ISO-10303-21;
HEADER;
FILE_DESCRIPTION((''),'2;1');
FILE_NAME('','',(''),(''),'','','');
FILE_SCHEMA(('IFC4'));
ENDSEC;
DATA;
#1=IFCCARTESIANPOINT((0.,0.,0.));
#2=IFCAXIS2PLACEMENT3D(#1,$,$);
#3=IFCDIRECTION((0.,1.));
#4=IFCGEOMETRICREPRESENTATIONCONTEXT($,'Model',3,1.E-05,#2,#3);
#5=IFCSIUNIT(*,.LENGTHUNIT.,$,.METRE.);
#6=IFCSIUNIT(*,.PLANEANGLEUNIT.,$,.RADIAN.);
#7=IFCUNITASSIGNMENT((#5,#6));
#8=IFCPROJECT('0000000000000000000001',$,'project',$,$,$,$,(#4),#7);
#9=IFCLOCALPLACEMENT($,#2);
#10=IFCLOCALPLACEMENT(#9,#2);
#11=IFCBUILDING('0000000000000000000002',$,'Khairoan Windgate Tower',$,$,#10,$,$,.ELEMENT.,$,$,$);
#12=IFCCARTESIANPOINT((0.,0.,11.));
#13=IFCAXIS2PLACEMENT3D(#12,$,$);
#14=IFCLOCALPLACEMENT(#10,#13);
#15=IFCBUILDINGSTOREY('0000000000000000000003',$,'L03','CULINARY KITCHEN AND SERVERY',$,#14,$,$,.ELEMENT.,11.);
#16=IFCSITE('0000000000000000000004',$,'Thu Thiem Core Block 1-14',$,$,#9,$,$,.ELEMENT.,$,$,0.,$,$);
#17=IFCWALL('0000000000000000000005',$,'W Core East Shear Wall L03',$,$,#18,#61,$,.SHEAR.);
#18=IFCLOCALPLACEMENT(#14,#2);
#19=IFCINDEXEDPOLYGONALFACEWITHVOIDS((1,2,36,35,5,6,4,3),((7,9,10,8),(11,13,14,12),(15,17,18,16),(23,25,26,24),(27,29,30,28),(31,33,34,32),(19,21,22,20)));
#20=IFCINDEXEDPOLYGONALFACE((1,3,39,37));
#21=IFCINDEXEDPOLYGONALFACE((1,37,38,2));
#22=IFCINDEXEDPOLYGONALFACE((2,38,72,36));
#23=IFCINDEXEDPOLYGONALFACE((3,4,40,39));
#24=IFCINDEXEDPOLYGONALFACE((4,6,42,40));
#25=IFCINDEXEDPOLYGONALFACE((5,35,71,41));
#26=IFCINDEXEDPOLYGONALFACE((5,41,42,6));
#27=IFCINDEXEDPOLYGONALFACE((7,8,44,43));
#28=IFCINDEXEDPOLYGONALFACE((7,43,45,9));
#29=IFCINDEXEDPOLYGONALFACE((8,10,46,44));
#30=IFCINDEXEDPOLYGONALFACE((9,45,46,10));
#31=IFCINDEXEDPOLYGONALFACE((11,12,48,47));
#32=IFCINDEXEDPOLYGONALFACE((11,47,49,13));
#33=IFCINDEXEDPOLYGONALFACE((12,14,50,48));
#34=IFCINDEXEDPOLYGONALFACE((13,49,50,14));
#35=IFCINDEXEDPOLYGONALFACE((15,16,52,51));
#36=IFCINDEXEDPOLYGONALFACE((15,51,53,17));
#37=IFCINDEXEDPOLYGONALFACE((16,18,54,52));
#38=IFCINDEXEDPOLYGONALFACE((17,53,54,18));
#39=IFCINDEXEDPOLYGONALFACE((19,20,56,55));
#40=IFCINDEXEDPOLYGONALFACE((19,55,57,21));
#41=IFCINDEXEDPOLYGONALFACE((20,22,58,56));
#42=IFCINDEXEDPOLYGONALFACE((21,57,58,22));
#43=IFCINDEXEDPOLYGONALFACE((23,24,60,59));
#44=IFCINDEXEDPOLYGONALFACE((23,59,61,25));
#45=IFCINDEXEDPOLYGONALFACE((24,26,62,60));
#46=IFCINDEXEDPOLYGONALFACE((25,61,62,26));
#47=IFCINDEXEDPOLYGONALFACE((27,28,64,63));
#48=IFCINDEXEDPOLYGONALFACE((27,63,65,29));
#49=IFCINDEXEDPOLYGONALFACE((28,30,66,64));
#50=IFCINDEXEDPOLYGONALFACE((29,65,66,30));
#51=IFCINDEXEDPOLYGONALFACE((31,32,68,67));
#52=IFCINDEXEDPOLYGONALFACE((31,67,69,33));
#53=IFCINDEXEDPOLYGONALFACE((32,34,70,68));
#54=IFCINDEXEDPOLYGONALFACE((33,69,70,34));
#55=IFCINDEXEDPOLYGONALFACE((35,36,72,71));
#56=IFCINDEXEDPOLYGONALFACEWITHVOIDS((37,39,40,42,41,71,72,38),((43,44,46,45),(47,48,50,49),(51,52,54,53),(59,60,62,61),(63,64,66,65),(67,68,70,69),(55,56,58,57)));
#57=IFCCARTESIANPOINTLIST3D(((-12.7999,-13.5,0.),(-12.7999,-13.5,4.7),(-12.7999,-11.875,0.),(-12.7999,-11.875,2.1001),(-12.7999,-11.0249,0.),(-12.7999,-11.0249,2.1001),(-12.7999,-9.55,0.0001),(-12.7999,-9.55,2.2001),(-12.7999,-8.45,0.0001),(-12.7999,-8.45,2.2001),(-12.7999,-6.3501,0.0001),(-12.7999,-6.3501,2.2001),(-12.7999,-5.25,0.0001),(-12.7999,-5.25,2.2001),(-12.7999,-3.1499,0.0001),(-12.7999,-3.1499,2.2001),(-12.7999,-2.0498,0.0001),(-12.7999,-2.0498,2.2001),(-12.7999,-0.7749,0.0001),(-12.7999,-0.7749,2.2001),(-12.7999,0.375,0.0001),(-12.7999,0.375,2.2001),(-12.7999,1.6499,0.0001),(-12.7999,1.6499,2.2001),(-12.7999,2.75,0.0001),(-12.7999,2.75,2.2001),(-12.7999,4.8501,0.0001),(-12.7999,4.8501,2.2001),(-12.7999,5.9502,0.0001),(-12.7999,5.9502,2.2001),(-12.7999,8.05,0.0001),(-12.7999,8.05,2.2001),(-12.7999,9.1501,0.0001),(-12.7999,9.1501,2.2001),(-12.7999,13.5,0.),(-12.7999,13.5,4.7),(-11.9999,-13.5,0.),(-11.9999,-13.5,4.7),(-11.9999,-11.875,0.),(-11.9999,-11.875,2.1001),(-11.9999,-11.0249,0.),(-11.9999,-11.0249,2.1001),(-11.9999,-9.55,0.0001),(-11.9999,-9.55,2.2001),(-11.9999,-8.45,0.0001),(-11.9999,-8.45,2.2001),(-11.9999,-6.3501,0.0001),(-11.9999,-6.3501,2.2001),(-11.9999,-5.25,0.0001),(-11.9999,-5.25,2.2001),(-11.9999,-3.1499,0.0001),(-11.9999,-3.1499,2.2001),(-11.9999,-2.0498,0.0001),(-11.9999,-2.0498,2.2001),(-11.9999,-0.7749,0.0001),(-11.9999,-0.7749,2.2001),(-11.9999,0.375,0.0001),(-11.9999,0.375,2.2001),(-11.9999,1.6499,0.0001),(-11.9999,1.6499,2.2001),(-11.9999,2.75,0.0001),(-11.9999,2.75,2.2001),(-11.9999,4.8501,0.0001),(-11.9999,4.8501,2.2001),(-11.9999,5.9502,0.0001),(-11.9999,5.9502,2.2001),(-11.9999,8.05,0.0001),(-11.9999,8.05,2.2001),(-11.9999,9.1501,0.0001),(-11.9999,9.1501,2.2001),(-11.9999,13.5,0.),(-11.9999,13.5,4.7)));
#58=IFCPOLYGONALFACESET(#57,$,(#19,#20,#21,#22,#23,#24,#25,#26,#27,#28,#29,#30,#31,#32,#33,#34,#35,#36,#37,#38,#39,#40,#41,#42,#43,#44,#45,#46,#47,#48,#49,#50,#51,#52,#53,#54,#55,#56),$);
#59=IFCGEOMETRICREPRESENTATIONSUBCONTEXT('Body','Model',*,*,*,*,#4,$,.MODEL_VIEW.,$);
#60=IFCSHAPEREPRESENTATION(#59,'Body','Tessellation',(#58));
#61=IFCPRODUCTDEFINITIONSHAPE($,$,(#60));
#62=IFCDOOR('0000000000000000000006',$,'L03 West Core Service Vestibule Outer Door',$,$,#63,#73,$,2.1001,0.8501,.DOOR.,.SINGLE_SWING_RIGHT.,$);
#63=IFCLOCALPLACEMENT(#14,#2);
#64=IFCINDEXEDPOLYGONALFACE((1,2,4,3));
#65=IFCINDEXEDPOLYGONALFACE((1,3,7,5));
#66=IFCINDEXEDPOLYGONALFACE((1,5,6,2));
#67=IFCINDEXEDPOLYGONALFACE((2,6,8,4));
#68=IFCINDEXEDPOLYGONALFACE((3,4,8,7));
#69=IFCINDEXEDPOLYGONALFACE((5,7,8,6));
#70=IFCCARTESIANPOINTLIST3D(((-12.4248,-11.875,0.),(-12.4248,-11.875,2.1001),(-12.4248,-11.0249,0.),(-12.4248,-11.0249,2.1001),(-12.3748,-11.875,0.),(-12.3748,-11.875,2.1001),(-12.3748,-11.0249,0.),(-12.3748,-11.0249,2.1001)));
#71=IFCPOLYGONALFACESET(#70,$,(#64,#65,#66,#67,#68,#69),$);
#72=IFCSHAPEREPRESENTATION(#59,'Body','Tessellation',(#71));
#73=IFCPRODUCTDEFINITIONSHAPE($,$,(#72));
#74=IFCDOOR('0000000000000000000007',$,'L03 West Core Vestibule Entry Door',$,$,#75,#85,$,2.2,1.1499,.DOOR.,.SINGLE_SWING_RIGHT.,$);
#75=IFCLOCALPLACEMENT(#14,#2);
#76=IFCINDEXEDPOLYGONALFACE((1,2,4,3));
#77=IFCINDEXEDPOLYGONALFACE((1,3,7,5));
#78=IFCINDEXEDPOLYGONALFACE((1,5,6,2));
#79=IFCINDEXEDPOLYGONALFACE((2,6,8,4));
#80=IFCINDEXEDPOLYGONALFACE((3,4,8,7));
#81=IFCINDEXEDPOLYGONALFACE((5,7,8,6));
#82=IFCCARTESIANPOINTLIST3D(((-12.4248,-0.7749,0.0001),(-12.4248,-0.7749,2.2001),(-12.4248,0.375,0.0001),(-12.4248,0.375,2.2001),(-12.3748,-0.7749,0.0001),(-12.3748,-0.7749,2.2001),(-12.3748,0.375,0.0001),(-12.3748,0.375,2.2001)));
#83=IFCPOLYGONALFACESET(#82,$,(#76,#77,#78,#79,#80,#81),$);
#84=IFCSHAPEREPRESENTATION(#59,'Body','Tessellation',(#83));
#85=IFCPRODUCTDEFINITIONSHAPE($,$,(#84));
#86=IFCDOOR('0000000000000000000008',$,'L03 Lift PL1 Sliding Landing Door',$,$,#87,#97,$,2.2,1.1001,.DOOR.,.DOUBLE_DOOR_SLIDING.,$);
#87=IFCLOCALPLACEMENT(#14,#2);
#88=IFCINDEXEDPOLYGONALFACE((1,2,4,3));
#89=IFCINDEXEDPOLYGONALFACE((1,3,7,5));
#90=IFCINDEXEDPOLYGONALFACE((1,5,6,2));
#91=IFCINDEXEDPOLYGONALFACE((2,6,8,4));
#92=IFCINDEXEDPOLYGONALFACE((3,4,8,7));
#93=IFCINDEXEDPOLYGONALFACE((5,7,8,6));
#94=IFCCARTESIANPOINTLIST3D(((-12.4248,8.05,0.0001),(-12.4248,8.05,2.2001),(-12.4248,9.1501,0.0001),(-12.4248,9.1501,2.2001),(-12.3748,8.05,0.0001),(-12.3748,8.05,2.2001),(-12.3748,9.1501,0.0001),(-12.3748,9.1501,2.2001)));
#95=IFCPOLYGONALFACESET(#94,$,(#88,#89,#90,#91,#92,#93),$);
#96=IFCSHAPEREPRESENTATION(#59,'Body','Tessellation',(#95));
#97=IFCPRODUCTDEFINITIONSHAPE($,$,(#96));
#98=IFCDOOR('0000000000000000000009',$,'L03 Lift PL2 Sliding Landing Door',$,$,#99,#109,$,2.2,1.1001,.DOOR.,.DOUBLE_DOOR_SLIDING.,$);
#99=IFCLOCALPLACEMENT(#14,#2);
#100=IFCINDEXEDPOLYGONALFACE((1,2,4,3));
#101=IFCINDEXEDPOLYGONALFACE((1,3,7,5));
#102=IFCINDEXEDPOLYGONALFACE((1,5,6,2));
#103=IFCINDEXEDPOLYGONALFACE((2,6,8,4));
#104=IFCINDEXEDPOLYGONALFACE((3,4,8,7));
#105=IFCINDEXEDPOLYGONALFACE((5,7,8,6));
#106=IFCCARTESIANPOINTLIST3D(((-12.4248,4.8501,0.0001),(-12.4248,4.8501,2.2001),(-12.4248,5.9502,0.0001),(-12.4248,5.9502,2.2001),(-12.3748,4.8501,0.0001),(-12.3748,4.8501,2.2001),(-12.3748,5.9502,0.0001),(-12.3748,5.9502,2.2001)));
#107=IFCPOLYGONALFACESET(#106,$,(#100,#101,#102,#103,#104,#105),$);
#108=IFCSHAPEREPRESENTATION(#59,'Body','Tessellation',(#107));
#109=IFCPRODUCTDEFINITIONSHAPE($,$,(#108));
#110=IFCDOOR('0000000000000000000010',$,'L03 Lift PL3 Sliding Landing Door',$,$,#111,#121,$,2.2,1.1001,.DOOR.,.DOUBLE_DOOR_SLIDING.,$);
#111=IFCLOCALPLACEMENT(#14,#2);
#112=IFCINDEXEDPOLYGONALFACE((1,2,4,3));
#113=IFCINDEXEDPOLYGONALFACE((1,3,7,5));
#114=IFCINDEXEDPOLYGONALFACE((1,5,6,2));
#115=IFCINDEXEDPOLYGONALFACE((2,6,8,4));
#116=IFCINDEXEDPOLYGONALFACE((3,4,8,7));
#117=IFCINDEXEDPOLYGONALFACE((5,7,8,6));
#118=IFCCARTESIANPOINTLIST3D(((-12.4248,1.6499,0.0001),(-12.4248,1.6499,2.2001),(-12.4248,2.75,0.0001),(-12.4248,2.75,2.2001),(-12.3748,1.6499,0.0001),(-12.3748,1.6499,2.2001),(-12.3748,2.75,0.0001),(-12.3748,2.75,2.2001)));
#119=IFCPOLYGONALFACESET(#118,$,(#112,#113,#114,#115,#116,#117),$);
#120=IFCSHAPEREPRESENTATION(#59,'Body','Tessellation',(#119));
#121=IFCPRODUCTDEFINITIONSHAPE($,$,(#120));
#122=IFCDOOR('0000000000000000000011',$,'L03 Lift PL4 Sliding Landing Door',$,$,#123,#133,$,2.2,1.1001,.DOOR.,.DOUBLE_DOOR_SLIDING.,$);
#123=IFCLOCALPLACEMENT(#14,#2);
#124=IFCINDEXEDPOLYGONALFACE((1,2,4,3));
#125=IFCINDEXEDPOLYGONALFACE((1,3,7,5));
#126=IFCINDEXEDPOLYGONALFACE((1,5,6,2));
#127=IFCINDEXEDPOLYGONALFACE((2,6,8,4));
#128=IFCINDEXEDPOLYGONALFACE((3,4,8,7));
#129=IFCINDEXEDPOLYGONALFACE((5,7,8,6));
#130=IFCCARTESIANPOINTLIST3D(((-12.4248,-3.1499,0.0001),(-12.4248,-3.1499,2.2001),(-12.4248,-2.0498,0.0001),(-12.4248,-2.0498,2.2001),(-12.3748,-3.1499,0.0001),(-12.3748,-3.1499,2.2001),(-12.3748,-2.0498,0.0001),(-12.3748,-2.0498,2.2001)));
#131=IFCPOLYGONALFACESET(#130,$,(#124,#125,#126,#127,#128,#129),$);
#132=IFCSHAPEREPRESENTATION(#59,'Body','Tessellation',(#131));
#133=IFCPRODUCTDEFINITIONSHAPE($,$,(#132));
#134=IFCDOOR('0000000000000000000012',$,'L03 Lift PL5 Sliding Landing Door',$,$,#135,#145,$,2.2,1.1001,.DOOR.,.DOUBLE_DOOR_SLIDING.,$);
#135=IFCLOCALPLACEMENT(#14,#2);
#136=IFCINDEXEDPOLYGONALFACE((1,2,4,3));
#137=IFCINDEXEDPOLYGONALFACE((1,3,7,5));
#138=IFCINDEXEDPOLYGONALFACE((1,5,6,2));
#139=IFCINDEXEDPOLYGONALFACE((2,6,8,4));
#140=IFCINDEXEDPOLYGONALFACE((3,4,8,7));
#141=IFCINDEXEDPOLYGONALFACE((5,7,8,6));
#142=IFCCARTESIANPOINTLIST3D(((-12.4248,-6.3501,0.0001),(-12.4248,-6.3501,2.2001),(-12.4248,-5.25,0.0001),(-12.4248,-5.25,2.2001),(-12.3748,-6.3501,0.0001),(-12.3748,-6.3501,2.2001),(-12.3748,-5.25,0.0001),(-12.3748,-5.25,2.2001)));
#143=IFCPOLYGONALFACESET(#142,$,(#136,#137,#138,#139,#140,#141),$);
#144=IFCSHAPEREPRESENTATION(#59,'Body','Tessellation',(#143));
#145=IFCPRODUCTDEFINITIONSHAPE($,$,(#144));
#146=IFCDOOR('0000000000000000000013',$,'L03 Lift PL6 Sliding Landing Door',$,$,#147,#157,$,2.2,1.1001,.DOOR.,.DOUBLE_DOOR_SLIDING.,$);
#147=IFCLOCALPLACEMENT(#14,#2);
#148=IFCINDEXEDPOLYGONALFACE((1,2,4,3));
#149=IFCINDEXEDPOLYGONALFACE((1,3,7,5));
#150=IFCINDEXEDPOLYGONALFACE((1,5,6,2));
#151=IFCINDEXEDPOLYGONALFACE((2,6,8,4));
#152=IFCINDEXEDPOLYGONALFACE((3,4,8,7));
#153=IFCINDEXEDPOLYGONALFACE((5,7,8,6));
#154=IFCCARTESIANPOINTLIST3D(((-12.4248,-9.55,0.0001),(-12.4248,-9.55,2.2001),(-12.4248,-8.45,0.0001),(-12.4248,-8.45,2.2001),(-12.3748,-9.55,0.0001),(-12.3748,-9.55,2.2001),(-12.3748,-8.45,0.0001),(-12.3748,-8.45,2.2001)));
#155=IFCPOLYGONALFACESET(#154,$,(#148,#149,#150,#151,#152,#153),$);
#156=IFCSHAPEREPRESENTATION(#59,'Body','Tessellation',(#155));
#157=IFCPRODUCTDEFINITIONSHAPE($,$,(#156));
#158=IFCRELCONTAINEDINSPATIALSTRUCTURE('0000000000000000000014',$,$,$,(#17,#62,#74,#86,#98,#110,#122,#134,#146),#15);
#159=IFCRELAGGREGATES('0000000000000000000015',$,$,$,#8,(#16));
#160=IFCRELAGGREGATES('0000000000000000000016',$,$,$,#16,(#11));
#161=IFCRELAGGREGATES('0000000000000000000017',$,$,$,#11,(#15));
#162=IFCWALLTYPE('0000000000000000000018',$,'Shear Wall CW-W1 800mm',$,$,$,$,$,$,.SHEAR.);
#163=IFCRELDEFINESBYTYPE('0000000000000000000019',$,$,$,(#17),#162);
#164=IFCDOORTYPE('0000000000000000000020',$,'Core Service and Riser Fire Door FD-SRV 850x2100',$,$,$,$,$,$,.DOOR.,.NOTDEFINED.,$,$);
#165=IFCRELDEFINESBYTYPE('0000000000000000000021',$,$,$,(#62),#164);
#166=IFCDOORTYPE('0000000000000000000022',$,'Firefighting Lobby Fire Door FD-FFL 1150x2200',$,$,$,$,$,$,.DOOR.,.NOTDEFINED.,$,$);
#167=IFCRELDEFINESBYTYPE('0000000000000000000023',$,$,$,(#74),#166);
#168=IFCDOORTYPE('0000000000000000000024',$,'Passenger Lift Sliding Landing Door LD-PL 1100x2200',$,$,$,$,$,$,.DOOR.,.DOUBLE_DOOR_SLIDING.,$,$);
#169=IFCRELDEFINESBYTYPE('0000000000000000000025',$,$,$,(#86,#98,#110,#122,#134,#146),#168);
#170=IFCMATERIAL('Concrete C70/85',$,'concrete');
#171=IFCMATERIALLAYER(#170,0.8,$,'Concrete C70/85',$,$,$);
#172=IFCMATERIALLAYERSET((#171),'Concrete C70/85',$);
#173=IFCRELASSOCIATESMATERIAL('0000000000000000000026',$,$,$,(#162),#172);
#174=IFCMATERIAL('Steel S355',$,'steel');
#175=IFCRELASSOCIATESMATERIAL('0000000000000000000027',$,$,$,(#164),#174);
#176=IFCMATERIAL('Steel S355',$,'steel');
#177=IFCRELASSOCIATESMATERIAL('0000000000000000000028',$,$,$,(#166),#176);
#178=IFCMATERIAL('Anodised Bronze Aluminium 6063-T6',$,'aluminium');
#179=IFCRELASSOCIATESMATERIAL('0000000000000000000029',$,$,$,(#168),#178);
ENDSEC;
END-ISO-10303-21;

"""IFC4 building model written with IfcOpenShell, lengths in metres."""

from ifc_helpers import new_model, si_unit, direction, frame, frame_2d, origin, place, context, subcontext, project, spatial, rectangle, extrude, material, layer, layer_set, type_object, element, fill, save


model = new_model("IFC4")

# Units and contexts
model_context = context("Model", 3, precision=1e-05, world=origin(), true_north=direction((0.0, 1.0)))
body_context = subcontext(model_context, "Body", "Model", "MODEL_VIEW")
ifc_project = project(units=[si_unit("LENGTHUNIT", "METRE"), si_unit("PLANEANGLEUNIT", "RADIAN")], contexts=[model_context])

# Site, building, storey
site_placement = place(None, origin())
site = spatial("IfcSite", under=ifc_project, at=site_placement, Name="Thu Thiem Core Block 1-14", CompositionType="ELEMENT", RefElevation=0.0)
building_placement = place(site_placement, origin())
building = spatial("IfcBuilding", under=site, at=building_placement, Name="Khairoan Windgate Tower", CompositionType="ELEMENT")
storey_placement = place(building_placement, frame((0.0, 0.0, 11.0)))
storey = spatial("IfcBuildingStorey", under=building, at=storey_placement, Name="L03", Description="CULINARY KITCHEN AND SERVERY", CompositionType="ELEMENT", Elevation=11.0)

# Wall, openings, doors
ifc_material_1 = material(Name="Concrete C70/85", Category="concrete")
ifc_layer_1 = layer(ifc_material_1, 0.8, Name="Concrete C70/85")
ifc_layer_set_1 = layer_set([ifc_layer_1], Name="Concrete C70/85")
wall_type_1 = type_object("IfcWallType", Name="Shear Wall CW-W1 800mm", PredefinedType="SHEAR", material=ifc_layer_set_1)
wall_1_placement = place(storey_placement, frame((-12.3999, -13.5, 0.0), z_axis=(0.0, 0.0, 1.0), x_axis=(0.0, 1.0, 0.0)))
wall_1 = element("IfcWall", 1, at=wall_1_placement, inside=storey, type_object=wall_type_1, Name="W Core East Shear Wall L03", PredefinedType="SHEAR", context=body_context, shape_type="SweptSolid", body=[
    extrude(rectangle(XDim=27.0, YDim=0.8, at=frame_2d((13.5, 0.0))), origin(), (0.0, 0.0, 1.0), 4.7),
])
opening_1_placement = place(wall_1_placement, frame((21.55, 0.0, 0.0)))
opening_1 = element("IfcOpeningElement", 2, at=opening_1_placement, cuts=wall_1, PredefinedType="OPENING", context=body_context, shape_type="SweptSolid", body=[
    extrude(rectangle(XDim=1.1001, YDim=2.2, at=frame_2d((0.55, 1.1001))), frame((0.0, 0.4099, 0.0), z_axis=(0.0, -1.0, 0.0), x_axis=(1.0, 0.0, 0.0)), (0.0, 0.0, 1.0), 0.8201),
])
opening_2_placement = place(wall_1_placement, frame((18.3501, 0.0, 0.0)))
opening_2 = element("IfcOpeningElement", 3, at=opening_2_placement, cuts=wall_1, PredefinedType="OPENING", context=body_context, shape_type="SweptSolid", body=[
    extrude(rectangle(XDim=1.1001, YDim=2.2, at=frame_2d((0.55, 1.1001))), frame((0.0, 0.4099, 0.0), z_axis=(0.0, -1.0, 0.0), x_axis=(1.0, 0.0, 0.0)), (0.0, 0.0, 1.0), 0.8201),
])
opening_3_placement = place(wall_1_placement, frame((15.1499, 0.0, 0.0)))
opening_3 = element("IfcOpeningElement", 4, at=opening_3_placement, cuts=wall_1, PredefinedType="OPENING", context=body_context, shape_type="SweptSolid", body=[
    extrude(rectangle(XDim=1.1001, YDim=2.2, at=frame_2d((0.55, 1.1001))), frame((0.0, 0.4099, 0.0), z_axis=(0.0, -1.0, 0.0), x_axis=(1.0, 0.0, 0.0)), (0.0, 0.0, 1.0), 0.8201),
])
opening_4_placement = place(wall_1_placement, frame((10.3501, 0.0, 0.0)))
opening_4 = element("IfcOpeningElement", 5, at=opening_4_placement, cuts=wall_1, PredefinedType="OPENING", context=body_context, shape_type="SweptSolid", body=[
    extrude(rectangle(XDim=1.1001, YDim=2.2, at=frame_2d((0.55, 1.1001))), frame((0.0, 0.4099, 0.0), z_axis=(0.0, -1.0, 0.0), x_axis=(1.0, 0.0, 0.0)), (0.0, 0.0, 1.0), 0.8201),
])
opening_5_placement = place(wall_1_placement, frame((7.1499, 0.0, 0.0)))
opening_5 = element("IfcOpeningElement", 6, at=opening_5_placement, cuts=wall_1, PredefinedType="OPENING", context=body_context, shape_type="SweptSolid", body=[
    extrude(rectangle(XDim=1.1001, YDim=2.2, at=frame_2d((0.55, 1.1001))), frame((0.0, 0.4099, 0.0), z_axis=(0.0, -1.0, 0.0), x_axis=(1.0, 0.0, 0.0)), (0.0, 0.0, 1.0), 0.8201),
])
opening_6_placement = place(wall_1_placement, frame((3.95, 0.0, 0.0)))
opening_6 = element("IfcOpeningElement", 7, at=opening_6_placement, cuts=wall_1, PredefinedType="OPENING", context=body_context, shape_type="SweptSolid", body=[
    extrude(rectangle(XDim=1.1001, YDim=2.2, at=frame_2d((0.55, 1.1001))), frame((0.0, 0.4099, 0.0), z_axis=(0.0, -1.0, 0.0), x_axis=(1.0, 0.0, 0.0)), (0.0, 0.0, 1.0), 0.8201),
])
opening_7_placement = place(wall_1_placement, frame((12.7251, 0.0, 0.0)))
opening_7 = element("IfcOpeningElement", 8, at=opening_7_placement, cuts=wall_1, PredefinedType="OPENING", context=body_context, shape_type="SweptSolid", body=[
    extrude(rectangle(XDim=1.1499, YDim=2.2, at=frame_2d((0.575, 1.1001))), frame((0.0, 0.4099, 0.0), z_axis=(0.0, -1.0, 0.0), x_axis=(1.0, 0.0, 0.0)), (0.0, 0.0, 1.0), 0.8201),
])
opening_8_placement = place(wall_1_placement, frame((1.625, 0.0, 0.0)))
opening_8 = element("IfcOpeningElement", 9, at=opening_8_placement, cuts=wall_1, PredefinedType="OPENING", context=body_context, shape_type="SweptSolid", body=[
    extrude(rectangle(XDim=0.8501, YDim=2.1001, at=frame_2d((0.425, 1.05))), frame((0.0, 0.4099, 0.0), z_axis=(0.0, -1.0, 0.0), x_axis=(1.0, 0.0, 0.0)), (0.0, 0.0, 1.0), 0.8201),
])
ifc_material_2 = material(Name="Steel S355", Category="steel")
door_type_1 = type_object("IfcDoorType", Name="Core Service and Riser Fire Door FD-SRV 850x2100", OperationType="NOTDEFINED", PredefinedType="DOOR", material=ifc_material_2)
door_1_placement = place(opening_8_placement, origin())
door_1 = element("IfcDoor", 10, at=door_1_placement, inside=storey, type_object=door_type_1, Name="L03 West Core Service Vestibule Outer Door", OperationType="SINGLE_SWING_RIGHT", OverallHeight=2.1001, OverallWidth=0.8501, PredefinedType="DOOR", context=body_context, shape_type="SweptSolid", body=[
    extrude(rectangle(XDim=0.8501, YDim=2.1001, at=frame_2d((0.425, 1.05))), frame((0.0, 0.0249, 0.0), z_axis=(0.0, -1.0, 0.0), x_axis=(1.0, 0.0, 0.0)), (0.0, 0.0, 1.0), 0.05),
])
fill(opening_8, door_1)
ifc_material_3 = material(Name="Steel S355", Category="steel")
door_type_2 = type_object("IfcDoorType", Name="Firefighting Lobby Fire Door FD-FFL 1150x2200", OperationType="NOTDEFINED", PredefinedType="DOOR", material=ifc_material_3)
door_2_placement = place(opening_7_placement, origin())
door_2 = element("IfcDoor", 11, at=door_2_placement, inside=storey, type_object=door_type_2, Name="L03 West Core Vestibule Entry Door", OperationType="SINGLE_SWING_RIGHT", OverallHeight=2.2, OverallWidth=1.1499, PredefinedType="DOOR", context=body_context, shape_type="SweptSolid", body=[
    extrude(rectangle(XDim=1.1499, YDim=2.2, at=frame_2d((0.575, 1.1001))), frame((0.0, 0.0249, 0.0), z_axis=(0.0, -1.0, 0.0), x_axis=(1.0, 0.0, 0.0)), (0.0, 0.0, 1.0), 0.05),
])
fill(opening_7, door_2)
ifc_material_4 = material(Name="Anodised Bronze Aluminium 6063-T6", Category="aluminium")
door_type_3 = type_object("IfcDoorType", Name="Passenger Lift Sliding Landing Door LD-PL 1100x2200", OperationType="DOUBLE_DOOR_SLIDING", PredefinedType="DOOR", material=ifc_material_4)
door_3_placement = place(opening_1_placement, origin())
door_3 = element("IfcDoor", 12, at=door_3_placement, inside=storey, type_object=door_type_3, Name="L03 Lift PL1 Sliding Landing Door", OperationType="DOUBLE_DOOR_SLIDING", OverallHeight=2.2, OverallWidth=1.1001, PredefinedType="DOOR", context=body_context, shape_type="SweptSolid", body=[
    extrude(rectangle(XDim=1.1001, YDim=2.2, at=frame_2d((0.55, 1.1001))), frame((0.0, 0.0249, 0.0), z_axis=(0.0, -1.0, 0.0), x_axis=(1.0, 0.0, 0.0)), (0.0, 0.0, 1.0), 0.05),
])
fill(opening_1, door_3)
door_4_placement = place(opening_2_placement, origin())
door_4 = element("IfcDoor", 13, at=door_4_placement, inside=storey, type_object=door_type_3, Name="L03 Lift PL2 Sliding Landing Door", OperationType="DOUBLE_DOOR_SLIDING", OverallHeight=2.2, OverallWidth=1.1001, PredefinedType="DOOR", context=body_context, shape_type="SweptSolid", body=[
    extrude(rectangle(XDim=1.1001, YDim=2.2, at=frame_2d((0.55, 1.1001))), frame((0.0, 0.0249, 0.0), z_axis=(0.0, -1.0, 0.0), x_axis=(1.0, 0.0, 0.0)), (0.0, 0.0, 1.0), 0.05),
])
fill(opening_2, door_4)
door_5_placement = place(opening_3_placement, origin())
door_5 = element("IfcDoor", 14, at=door_5_placement, inside=storey, type_object=door_type_3, Name="L03 Lift PL3 Sliding Landing Door", OperationType="DOUBLE_DOOR_SLIDING", OverallHeight=2.2, OverallWidth=1.1001, PredefinedType="DOOR", context=body_context, shape_type="SweptSolid", body=[
    extrude(rectangle(XDim=1.1001, YDim=2.2, at=frame_2d((0.55, 1.1001))), frame((0.0, 0.0249, 0.0), z_axis=(0.0, -1.0, 0.0), x_axis=(1.0, 0.0, 0.0)), (0.0, 0.0, 1.0), 0.05),
])
fill(opening_3, door_5)
door_6_placement = place(opening_4_placement, origin())
door_6 = element("IfcDoor", 15, at=door_6_placement, inside=storey, type_object=door_type_3, Name="L03 Lift PL4 Sliding Landing Door", OperationType="DOUBLE_DOOR_SLIDING", OverallHeight=2.2, OverallWidth=1.1001, PredefinedType="DOOR", context=body_context, shape_type="SweptSolid", body=[
    extrude(rectangle(XDim=1.1001, YDim=2.2, at=frame_2d((0.55, 1.1001))), frame((0.0, 0.0249, 0.0), z_axis=(0.0, -1.0, 0.0), x_axis=(1.0, 0.0, 0.0)), (0.0, 0.0, 1.0), 0.05),
])
fill(opening_4, door_6)
door_7_placement = place(opening_5_placement, origin())
door_7 = element("IfcDoor", 16, at=door_7_placement, inside=storey, type_object=door_type_3, Name="L03 Lift PL5 Sliding Landing Door", OperationType="DOUBLE_DOOR_SLIDING", OverallHeight=2.2, OverallWidth=1.1001, PredefinedType="DOOR", context=body_context, shape_type="SweptSolid", body=[
    extrude(rectangle(XDim=1.1001, YDim=2.2, at=frame_2d((0.55, 1.1001))), frame((0.0, 0.0249, 0.0), z_axis=(0.0, -1.0, 0.0), x_axis=(1.0, 0.0, 0.0)), (0.0, 0.0, 1.0), 0.05),
])
fill(opening_5, door_7)
door_8_placement = place(opening_6_placement, origin())
door_8 = element("IfcDoor", 17, at=door_8_placement, inside=storey, type_object=door_type_3, Name="L03 Lift PL6 Sliding Landing Door", OperationType="DOUBLE_DOOR_SLIDING", OverallHeight=2.2, OverallWidth=1.1001, PredefinedType="DOOR", context=body_context, shape_type="SweptSolid", body=[
    extrude(rectangle(XDim=1.1001, YDim=2.2, at=frame_2d((0.55, 1.1001))), frame((0.0, 0.0249, 0.0), z_axis=(0.0, -1.0, 0.0), x_axis=(1.0, 0.0, 0.0)), (0.0, 0.0, 1.0), 0.05),
])
fill(opening_6, door_8)

save(model, "model.ifc")
